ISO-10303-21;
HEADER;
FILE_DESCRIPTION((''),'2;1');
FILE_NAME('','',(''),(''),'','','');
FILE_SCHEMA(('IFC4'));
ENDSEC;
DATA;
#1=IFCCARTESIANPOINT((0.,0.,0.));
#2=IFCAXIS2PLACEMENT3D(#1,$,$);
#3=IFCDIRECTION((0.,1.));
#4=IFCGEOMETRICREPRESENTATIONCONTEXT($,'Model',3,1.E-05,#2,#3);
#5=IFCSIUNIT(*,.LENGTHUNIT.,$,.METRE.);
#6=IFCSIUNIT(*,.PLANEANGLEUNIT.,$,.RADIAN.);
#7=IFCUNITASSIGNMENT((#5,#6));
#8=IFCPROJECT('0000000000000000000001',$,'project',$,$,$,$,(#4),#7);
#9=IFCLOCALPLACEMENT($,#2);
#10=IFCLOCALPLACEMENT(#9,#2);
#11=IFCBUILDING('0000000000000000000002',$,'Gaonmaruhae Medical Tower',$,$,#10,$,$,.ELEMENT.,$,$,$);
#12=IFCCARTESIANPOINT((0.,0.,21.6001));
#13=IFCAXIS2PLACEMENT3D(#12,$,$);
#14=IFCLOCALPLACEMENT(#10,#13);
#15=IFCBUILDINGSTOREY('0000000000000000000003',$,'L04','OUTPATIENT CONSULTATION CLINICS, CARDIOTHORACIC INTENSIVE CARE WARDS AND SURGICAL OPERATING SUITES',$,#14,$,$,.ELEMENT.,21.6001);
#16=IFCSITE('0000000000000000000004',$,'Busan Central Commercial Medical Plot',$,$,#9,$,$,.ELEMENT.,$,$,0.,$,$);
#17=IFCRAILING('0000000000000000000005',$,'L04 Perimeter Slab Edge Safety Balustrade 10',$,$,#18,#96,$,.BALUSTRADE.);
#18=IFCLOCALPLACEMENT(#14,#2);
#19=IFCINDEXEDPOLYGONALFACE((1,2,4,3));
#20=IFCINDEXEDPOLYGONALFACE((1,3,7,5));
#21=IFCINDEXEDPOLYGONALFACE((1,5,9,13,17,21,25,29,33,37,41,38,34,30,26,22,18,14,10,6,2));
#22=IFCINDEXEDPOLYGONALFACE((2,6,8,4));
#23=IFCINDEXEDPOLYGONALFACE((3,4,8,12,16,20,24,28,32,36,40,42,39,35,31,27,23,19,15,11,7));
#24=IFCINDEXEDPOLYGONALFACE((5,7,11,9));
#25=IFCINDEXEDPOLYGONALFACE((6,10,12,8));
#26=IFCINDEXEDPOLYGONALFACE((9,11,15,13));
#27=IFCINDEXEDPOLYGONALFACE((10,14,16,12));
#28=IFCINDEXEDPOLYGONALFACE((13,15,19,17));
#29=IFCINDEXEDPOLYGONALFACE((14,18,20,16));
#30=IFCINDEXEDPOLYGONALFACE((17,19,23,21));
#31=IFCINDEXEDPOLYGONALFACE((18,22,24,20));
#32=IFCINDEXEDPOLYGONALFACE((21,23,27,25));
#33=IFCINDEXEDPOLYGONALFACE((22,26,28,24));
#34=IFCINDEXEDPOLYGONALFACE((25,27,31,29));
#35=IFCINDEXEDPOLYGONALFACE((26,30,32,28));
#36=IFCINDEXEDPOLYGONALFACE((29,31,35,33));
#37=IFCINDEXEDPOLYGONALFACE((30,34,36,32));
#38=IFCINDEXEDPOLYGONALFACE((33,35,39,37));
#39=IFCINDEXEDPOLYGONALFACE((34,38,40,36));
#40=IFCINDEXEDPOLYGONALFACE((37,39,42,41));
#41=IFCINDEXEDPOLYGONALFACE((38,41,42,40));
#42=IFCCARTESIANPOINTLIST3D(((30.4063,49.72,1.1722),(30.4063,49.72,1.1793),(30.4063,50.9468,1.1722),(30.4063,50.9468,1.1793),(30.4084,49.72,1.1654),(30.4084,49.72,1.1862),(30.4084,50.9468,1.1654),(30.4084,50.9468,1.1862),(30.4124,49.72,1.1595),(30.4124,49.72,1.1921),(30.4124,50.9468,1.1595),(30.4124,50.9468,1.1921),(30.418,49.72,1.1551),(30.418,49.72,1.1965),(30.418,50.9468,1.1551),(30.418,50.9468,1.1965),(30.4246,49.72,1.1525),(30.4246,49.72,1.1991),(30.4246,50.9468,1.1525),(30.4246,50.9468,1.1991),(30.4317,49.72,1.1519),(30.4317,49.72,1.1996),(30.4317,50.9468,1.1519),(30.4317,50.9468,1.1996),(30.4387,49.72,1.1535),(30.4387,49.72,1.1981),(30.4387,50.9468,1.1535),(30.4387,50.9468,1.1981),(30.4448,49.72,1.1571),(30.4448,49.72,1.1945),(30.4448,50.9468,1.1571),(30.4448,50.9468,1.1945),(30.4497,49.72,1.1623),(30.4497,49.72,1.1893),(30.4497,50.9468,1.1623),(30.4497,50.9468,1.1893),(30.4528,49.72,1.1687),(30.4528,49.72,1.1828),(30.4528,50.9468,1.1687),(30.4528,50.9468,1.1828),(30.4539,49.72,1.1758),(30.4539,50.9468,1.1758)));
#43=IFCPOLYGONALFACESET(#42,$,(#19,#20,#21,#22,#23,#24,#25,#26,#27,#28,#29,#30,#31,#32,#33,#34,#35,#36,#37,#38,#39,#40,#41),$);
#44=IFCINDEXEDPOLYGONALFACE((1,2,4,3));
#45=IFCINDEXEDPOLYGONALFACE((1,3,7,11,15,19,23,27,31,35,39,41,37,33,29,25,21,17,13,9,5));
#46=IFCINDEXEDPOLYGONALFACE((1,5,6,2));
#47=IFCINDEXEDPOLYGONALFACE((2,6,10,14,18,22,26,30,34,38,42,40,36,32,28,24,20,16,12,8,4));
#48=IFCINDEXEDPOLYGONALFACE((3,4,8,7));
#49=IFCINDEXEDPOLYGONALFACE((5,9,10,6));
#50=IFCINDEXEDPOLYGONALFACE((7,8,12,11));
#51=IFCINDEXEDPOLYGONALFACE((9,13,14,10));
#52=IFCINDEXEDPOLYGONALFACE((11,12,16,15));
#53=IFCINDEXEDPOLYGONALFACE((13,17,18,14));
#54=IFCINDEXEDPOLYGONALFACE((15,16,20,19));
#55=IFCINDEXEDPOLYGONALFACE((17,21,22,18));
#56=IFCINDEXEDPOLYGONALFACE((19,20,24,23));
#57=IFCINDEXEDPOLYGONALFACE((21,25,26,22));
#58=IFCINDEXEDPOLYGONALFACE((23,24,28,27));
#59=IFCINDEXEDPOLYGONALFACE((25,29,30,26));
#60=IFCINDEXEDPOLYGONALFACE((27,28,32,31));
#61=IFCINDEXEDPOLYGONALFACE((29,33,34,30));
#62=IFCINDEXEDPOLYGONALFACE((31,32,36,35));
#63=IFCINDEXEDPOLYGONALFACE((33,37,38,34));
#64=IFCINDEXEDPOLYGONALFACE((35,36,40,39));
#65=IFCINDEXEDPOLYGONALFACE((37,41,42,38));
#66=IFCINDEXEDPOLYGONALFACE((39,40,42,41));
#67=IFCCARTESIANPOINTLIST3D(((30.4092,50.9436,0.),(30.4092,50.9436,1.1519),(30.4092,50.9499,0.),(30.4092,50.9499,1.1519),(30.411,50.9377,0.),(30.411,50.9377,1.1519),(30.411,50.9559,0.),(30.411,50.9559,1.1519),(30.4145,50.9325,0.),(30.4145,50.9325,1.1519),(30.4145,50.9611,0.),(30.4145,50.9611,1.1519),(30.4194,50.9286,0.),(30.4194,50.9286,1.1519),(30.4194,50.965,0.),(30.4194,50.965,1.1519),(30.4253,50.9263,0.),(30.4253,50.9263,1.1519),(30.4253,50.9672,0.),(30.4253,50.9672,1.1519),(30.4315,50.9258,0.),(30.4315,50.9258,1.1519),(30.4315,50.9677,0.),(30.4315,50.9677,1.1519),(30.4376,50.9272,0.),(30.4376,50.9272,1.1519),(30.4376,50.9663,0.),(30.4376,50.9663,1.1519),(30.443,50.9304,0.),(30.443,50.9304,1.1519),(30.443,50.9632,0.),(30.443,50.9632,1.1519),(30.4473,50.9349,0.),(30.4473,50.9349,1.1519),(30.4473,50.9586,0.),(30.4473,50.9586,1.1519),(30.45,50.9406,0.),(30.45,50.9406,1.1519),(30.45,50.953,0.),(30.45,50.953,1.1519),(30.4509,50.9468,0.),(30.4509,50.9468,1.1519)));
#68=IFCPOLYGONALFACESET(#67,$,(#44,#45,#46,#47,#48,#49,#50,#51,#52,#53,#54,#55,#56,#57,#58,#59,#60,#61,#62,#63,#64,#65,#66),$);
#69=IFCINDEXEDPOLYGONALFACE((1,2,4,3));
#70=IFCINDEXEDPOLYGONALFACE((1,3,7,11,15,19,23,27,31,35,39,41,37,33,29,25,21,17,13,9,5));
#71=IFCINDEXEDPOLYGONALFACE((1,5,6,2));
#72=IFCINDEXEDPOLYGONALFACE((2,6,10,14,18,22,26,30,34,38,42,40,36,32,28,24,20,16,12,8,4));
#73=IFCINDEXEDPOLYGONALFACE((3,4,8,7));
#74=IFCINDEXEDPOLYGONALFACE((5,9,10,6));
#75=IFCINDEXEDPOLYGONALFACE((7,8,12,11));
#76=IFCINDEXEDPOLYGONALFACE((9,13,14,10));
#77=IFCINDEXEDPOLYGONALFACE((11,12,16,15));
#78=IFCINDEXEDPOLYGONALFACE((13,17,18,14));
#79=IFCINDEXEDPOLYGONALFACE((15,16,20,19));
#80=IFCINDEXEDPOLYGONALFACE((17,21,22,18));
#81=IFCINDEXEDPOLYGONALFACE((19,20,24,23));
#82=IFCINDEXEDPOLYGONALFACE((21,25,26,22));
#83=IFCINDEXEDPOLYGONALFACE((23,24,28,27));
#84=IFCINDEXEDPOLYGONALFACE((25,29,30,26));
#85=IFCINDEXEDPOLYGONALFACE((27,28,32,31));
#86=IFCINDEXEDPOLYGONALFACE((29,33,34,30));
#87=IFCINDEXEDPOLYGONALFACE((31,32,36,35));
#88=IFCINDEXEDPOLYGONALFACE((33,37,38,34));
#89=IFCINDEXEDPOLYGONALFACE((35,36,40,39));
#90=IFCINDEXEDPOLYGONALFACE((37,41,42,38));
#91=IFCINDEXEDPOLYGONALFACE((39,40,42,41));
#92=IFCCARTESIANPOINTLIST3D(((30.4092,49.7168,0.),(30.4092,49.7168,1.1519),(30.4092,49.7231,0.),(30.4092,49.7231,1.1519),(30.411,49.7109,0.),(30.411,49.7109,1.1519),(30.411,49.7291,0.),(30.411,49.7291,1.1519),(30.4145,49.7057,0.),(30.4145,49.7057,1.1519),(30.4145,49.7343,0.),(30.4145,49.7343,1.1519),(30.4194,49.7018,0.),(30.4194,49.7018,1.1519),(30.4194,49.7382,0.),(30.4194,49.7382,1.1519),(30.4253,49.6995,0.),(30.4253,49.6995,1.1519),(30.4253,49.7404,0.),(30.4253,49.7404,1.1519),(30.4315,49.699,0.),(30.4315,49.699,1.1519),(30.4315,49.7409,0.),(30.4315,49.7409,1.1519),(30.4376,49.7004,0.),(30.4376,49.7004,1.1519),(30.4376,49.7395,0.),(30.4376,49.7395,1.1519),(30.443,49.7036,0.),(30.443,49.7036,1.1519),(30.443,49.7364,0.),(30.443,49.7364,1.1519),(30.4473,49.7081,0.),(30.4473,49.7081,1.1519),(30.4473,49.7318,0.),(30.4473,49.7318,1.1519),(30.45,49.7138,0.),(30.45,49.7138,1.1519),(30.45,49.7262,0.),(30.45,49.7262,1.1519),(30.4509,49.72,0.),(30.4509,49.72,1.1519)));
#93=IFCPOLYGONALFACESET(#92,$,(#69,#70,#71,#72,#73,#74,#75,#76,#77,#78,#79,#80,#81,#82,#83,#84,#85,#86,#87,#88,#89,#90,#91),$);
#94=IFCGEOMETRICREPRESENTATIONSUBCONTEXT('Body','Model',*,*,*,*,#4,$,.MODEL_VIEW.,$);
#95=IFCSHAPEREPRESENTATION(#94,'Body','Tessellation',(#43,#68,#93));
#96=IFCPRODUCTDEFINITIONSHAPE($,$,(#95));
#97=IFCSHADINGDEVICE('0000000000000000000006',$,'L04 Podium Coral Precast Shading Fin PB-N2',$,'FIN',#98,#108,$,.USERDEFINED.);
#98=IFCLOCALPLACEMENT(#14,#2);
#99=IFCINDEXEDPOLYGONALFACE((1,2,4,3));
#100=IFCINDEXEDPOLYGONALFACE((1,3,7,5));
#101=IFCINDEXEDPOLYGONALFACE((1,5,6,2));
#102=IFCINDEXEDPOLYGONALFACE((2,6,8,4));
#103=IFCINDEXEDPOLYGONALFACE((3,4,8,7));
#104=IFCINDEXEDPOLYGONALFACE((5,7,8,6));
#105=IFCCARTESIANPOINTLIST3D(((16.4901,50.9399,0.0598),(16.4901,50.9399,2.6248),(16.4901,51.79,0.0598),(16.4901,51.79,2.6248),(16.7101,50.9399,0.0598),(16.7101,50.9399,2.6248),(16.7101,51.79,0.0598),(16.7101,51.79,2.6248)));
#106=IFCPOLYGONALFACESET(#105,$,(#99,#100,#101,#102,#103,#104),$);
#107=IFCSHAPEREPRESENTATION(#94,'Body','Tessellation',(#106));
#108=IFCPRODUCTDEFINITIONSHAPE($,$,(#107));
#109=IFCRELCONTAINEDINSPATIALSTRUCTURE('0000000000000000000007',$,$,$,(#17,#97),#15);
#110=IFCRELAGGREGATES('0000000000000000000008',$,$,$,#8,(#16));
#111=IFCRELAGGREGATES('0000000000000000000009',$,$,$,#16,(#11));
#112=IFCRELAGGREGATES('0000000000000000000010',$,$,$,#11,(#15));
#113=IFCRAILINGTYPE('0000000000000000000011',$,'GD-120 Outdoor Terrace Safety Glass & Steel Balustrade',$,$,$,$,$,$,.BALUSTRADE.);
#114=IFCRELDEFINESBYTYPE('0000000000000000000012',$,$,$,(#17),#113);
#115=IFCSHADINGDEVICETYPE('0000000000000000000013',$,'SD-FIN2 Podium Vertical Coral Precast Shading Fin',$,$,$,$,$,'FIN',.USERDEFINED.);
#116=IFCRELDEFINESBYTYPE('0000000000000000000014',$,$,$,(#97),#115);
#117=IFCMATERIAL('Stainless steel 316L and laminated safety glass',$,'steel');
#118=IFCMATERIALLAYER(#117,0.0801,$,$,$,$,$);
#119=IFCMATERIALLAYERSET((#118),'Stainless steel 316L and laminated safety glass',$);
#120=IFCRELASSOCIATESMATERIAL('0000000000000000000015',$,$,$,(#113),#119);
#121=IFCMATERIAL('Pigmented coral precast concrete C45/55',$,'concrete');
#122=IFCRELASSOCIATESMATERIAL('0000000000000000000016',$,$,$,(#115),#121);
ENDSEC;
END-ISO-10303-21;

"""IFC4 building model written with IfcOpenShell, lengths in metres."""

from ifc_helpers import new_model, si_unit, direction, frame, origin, origin_2d, place, context, subcontext, project, spatial, rectangle, circle, extrude, material, layer, layer_set, type_object, element, save


model = new_model("IFC4")

# Units and contexts
model_context = context("Model", 3, precision=1e-05, world=origin(), true_north=direction((0.0, 1.0)))
body_context = subcontext(model_context, "Body", "Model", "MODEL_VIEW")
ifc_project = project(units=[si_unit("LENGTHUNIT", "METRE"), si_unit("PLANEANGLEUNIT", "RADIAN")], contexts=[model_context])

# Site, building, storey
site_placement = place(None, origin())
site = spatial("IfcSite", under=ifc_project, at=site_placement, Name="Busan Central Commercial Medical Plot", CompositionType="ELEMENT", RefElevation=0.0)
building_placement = place(site_placement, origin())
building = spatial("IfcBuilding", under=site, at=building_placement, Name="Gaonmaruhae Medical Tower", CompositionType="ELEMENT")
storey_placement = place(building_placement, frame((0.0, 0.0, 21.6001)))
storey = spatial("IfcBuildingStorey", under=building, at=storey_placement, Name="L04", Description="OUTPATIENT CONSULTATION CLINICS, CARDIOTHORACIC INTENSIVE CARE WARDS AND SURGICAL OPERATING SUITES", CompositionType="ELEMENT", Elevation=21.6001)

# Railing
ifc_material_1 = material(Name="Stainless steel 316L and laminated safety glass", Category="steel")
ifc_layer_1 = layer(ifc_material_1, 0.0801)
ifc_layer_set_1 = layer_set([ifc_layer_1], Name="Stainless steel 316L and laminated safety glass")
railing_type = type_object("IfcRailingType", Name="GD-120 Outdoor Terrace Safety Glass & Steel Balustrade", PredefinedType="BALUSTRADE", material=ifc_layer_set_1)
railing_1_placement = place(storey_placement, frame((30.4299, 50.9468, 0.0)))
element("IfcRailing", 1, at=railing_1_placement, inside=storey, type_object=railing_type, Name="L04 Perimeter Slab Edge Safety Balustrade 10", PredefinedType="BALUSTRADE", context=body_context, shape_type="SweptSolid", body=[
    extrude(circle(Radius=0.0239, at=origin_2d()), frame((0.0, 0.0, 1.1758), z_axis=(0.0, -1.0, 0.0), x_axis=(1.0, 0.0, 0.0)), (0.0, 0.0, 1.0), 1.2268),
    extrude(circle(Radius=0.021, at=origin_2d()), origin(), (0.0, 0.0, 1.0), 1.1519),
    extrude(circle(Radius=0.021, at=origin_2d()), frame((0.0, -1.2268, 0.0)), (0.0, 0.0, 1.0), 1.1519),
])

# Shading device
ifc_material_2 = material(Name="Pigmented coral precast concrete C45/55", Category="concrete")
shading_device_type = type_object("IfcShadingDeviceType", Name="SD-FIN2 Podium Vertical Coral Precast Shading Fin", ElementType="FIN", PredefinedType="USERDEFINED", material=ifc_material_2)
shading_device_placement = place(storey_placement, frame((16.6001, 51.365, 0.0598), z_axis=(0.0, 0.0, 1.0), x_axis=(1.0, 0.0, 0.0)))
element("IfcShadingDevice", 2, at=shading_device_placement, inside=storey, type_object=shading_device_type, Name="L04 Podium Coral Precast Shading Fin PB-N2", ObjectType="FIN", PredefinedType="USERDEFINED", context=body_context, shape_type="SweptSolid", body=[
    extrude(rectangle(XDim=0.22, YDim=0.8501, at=origin_2d()), origin(), (0.0, 0.0, 1.0), 2.5649),
])

save(model, "model.ifc")
